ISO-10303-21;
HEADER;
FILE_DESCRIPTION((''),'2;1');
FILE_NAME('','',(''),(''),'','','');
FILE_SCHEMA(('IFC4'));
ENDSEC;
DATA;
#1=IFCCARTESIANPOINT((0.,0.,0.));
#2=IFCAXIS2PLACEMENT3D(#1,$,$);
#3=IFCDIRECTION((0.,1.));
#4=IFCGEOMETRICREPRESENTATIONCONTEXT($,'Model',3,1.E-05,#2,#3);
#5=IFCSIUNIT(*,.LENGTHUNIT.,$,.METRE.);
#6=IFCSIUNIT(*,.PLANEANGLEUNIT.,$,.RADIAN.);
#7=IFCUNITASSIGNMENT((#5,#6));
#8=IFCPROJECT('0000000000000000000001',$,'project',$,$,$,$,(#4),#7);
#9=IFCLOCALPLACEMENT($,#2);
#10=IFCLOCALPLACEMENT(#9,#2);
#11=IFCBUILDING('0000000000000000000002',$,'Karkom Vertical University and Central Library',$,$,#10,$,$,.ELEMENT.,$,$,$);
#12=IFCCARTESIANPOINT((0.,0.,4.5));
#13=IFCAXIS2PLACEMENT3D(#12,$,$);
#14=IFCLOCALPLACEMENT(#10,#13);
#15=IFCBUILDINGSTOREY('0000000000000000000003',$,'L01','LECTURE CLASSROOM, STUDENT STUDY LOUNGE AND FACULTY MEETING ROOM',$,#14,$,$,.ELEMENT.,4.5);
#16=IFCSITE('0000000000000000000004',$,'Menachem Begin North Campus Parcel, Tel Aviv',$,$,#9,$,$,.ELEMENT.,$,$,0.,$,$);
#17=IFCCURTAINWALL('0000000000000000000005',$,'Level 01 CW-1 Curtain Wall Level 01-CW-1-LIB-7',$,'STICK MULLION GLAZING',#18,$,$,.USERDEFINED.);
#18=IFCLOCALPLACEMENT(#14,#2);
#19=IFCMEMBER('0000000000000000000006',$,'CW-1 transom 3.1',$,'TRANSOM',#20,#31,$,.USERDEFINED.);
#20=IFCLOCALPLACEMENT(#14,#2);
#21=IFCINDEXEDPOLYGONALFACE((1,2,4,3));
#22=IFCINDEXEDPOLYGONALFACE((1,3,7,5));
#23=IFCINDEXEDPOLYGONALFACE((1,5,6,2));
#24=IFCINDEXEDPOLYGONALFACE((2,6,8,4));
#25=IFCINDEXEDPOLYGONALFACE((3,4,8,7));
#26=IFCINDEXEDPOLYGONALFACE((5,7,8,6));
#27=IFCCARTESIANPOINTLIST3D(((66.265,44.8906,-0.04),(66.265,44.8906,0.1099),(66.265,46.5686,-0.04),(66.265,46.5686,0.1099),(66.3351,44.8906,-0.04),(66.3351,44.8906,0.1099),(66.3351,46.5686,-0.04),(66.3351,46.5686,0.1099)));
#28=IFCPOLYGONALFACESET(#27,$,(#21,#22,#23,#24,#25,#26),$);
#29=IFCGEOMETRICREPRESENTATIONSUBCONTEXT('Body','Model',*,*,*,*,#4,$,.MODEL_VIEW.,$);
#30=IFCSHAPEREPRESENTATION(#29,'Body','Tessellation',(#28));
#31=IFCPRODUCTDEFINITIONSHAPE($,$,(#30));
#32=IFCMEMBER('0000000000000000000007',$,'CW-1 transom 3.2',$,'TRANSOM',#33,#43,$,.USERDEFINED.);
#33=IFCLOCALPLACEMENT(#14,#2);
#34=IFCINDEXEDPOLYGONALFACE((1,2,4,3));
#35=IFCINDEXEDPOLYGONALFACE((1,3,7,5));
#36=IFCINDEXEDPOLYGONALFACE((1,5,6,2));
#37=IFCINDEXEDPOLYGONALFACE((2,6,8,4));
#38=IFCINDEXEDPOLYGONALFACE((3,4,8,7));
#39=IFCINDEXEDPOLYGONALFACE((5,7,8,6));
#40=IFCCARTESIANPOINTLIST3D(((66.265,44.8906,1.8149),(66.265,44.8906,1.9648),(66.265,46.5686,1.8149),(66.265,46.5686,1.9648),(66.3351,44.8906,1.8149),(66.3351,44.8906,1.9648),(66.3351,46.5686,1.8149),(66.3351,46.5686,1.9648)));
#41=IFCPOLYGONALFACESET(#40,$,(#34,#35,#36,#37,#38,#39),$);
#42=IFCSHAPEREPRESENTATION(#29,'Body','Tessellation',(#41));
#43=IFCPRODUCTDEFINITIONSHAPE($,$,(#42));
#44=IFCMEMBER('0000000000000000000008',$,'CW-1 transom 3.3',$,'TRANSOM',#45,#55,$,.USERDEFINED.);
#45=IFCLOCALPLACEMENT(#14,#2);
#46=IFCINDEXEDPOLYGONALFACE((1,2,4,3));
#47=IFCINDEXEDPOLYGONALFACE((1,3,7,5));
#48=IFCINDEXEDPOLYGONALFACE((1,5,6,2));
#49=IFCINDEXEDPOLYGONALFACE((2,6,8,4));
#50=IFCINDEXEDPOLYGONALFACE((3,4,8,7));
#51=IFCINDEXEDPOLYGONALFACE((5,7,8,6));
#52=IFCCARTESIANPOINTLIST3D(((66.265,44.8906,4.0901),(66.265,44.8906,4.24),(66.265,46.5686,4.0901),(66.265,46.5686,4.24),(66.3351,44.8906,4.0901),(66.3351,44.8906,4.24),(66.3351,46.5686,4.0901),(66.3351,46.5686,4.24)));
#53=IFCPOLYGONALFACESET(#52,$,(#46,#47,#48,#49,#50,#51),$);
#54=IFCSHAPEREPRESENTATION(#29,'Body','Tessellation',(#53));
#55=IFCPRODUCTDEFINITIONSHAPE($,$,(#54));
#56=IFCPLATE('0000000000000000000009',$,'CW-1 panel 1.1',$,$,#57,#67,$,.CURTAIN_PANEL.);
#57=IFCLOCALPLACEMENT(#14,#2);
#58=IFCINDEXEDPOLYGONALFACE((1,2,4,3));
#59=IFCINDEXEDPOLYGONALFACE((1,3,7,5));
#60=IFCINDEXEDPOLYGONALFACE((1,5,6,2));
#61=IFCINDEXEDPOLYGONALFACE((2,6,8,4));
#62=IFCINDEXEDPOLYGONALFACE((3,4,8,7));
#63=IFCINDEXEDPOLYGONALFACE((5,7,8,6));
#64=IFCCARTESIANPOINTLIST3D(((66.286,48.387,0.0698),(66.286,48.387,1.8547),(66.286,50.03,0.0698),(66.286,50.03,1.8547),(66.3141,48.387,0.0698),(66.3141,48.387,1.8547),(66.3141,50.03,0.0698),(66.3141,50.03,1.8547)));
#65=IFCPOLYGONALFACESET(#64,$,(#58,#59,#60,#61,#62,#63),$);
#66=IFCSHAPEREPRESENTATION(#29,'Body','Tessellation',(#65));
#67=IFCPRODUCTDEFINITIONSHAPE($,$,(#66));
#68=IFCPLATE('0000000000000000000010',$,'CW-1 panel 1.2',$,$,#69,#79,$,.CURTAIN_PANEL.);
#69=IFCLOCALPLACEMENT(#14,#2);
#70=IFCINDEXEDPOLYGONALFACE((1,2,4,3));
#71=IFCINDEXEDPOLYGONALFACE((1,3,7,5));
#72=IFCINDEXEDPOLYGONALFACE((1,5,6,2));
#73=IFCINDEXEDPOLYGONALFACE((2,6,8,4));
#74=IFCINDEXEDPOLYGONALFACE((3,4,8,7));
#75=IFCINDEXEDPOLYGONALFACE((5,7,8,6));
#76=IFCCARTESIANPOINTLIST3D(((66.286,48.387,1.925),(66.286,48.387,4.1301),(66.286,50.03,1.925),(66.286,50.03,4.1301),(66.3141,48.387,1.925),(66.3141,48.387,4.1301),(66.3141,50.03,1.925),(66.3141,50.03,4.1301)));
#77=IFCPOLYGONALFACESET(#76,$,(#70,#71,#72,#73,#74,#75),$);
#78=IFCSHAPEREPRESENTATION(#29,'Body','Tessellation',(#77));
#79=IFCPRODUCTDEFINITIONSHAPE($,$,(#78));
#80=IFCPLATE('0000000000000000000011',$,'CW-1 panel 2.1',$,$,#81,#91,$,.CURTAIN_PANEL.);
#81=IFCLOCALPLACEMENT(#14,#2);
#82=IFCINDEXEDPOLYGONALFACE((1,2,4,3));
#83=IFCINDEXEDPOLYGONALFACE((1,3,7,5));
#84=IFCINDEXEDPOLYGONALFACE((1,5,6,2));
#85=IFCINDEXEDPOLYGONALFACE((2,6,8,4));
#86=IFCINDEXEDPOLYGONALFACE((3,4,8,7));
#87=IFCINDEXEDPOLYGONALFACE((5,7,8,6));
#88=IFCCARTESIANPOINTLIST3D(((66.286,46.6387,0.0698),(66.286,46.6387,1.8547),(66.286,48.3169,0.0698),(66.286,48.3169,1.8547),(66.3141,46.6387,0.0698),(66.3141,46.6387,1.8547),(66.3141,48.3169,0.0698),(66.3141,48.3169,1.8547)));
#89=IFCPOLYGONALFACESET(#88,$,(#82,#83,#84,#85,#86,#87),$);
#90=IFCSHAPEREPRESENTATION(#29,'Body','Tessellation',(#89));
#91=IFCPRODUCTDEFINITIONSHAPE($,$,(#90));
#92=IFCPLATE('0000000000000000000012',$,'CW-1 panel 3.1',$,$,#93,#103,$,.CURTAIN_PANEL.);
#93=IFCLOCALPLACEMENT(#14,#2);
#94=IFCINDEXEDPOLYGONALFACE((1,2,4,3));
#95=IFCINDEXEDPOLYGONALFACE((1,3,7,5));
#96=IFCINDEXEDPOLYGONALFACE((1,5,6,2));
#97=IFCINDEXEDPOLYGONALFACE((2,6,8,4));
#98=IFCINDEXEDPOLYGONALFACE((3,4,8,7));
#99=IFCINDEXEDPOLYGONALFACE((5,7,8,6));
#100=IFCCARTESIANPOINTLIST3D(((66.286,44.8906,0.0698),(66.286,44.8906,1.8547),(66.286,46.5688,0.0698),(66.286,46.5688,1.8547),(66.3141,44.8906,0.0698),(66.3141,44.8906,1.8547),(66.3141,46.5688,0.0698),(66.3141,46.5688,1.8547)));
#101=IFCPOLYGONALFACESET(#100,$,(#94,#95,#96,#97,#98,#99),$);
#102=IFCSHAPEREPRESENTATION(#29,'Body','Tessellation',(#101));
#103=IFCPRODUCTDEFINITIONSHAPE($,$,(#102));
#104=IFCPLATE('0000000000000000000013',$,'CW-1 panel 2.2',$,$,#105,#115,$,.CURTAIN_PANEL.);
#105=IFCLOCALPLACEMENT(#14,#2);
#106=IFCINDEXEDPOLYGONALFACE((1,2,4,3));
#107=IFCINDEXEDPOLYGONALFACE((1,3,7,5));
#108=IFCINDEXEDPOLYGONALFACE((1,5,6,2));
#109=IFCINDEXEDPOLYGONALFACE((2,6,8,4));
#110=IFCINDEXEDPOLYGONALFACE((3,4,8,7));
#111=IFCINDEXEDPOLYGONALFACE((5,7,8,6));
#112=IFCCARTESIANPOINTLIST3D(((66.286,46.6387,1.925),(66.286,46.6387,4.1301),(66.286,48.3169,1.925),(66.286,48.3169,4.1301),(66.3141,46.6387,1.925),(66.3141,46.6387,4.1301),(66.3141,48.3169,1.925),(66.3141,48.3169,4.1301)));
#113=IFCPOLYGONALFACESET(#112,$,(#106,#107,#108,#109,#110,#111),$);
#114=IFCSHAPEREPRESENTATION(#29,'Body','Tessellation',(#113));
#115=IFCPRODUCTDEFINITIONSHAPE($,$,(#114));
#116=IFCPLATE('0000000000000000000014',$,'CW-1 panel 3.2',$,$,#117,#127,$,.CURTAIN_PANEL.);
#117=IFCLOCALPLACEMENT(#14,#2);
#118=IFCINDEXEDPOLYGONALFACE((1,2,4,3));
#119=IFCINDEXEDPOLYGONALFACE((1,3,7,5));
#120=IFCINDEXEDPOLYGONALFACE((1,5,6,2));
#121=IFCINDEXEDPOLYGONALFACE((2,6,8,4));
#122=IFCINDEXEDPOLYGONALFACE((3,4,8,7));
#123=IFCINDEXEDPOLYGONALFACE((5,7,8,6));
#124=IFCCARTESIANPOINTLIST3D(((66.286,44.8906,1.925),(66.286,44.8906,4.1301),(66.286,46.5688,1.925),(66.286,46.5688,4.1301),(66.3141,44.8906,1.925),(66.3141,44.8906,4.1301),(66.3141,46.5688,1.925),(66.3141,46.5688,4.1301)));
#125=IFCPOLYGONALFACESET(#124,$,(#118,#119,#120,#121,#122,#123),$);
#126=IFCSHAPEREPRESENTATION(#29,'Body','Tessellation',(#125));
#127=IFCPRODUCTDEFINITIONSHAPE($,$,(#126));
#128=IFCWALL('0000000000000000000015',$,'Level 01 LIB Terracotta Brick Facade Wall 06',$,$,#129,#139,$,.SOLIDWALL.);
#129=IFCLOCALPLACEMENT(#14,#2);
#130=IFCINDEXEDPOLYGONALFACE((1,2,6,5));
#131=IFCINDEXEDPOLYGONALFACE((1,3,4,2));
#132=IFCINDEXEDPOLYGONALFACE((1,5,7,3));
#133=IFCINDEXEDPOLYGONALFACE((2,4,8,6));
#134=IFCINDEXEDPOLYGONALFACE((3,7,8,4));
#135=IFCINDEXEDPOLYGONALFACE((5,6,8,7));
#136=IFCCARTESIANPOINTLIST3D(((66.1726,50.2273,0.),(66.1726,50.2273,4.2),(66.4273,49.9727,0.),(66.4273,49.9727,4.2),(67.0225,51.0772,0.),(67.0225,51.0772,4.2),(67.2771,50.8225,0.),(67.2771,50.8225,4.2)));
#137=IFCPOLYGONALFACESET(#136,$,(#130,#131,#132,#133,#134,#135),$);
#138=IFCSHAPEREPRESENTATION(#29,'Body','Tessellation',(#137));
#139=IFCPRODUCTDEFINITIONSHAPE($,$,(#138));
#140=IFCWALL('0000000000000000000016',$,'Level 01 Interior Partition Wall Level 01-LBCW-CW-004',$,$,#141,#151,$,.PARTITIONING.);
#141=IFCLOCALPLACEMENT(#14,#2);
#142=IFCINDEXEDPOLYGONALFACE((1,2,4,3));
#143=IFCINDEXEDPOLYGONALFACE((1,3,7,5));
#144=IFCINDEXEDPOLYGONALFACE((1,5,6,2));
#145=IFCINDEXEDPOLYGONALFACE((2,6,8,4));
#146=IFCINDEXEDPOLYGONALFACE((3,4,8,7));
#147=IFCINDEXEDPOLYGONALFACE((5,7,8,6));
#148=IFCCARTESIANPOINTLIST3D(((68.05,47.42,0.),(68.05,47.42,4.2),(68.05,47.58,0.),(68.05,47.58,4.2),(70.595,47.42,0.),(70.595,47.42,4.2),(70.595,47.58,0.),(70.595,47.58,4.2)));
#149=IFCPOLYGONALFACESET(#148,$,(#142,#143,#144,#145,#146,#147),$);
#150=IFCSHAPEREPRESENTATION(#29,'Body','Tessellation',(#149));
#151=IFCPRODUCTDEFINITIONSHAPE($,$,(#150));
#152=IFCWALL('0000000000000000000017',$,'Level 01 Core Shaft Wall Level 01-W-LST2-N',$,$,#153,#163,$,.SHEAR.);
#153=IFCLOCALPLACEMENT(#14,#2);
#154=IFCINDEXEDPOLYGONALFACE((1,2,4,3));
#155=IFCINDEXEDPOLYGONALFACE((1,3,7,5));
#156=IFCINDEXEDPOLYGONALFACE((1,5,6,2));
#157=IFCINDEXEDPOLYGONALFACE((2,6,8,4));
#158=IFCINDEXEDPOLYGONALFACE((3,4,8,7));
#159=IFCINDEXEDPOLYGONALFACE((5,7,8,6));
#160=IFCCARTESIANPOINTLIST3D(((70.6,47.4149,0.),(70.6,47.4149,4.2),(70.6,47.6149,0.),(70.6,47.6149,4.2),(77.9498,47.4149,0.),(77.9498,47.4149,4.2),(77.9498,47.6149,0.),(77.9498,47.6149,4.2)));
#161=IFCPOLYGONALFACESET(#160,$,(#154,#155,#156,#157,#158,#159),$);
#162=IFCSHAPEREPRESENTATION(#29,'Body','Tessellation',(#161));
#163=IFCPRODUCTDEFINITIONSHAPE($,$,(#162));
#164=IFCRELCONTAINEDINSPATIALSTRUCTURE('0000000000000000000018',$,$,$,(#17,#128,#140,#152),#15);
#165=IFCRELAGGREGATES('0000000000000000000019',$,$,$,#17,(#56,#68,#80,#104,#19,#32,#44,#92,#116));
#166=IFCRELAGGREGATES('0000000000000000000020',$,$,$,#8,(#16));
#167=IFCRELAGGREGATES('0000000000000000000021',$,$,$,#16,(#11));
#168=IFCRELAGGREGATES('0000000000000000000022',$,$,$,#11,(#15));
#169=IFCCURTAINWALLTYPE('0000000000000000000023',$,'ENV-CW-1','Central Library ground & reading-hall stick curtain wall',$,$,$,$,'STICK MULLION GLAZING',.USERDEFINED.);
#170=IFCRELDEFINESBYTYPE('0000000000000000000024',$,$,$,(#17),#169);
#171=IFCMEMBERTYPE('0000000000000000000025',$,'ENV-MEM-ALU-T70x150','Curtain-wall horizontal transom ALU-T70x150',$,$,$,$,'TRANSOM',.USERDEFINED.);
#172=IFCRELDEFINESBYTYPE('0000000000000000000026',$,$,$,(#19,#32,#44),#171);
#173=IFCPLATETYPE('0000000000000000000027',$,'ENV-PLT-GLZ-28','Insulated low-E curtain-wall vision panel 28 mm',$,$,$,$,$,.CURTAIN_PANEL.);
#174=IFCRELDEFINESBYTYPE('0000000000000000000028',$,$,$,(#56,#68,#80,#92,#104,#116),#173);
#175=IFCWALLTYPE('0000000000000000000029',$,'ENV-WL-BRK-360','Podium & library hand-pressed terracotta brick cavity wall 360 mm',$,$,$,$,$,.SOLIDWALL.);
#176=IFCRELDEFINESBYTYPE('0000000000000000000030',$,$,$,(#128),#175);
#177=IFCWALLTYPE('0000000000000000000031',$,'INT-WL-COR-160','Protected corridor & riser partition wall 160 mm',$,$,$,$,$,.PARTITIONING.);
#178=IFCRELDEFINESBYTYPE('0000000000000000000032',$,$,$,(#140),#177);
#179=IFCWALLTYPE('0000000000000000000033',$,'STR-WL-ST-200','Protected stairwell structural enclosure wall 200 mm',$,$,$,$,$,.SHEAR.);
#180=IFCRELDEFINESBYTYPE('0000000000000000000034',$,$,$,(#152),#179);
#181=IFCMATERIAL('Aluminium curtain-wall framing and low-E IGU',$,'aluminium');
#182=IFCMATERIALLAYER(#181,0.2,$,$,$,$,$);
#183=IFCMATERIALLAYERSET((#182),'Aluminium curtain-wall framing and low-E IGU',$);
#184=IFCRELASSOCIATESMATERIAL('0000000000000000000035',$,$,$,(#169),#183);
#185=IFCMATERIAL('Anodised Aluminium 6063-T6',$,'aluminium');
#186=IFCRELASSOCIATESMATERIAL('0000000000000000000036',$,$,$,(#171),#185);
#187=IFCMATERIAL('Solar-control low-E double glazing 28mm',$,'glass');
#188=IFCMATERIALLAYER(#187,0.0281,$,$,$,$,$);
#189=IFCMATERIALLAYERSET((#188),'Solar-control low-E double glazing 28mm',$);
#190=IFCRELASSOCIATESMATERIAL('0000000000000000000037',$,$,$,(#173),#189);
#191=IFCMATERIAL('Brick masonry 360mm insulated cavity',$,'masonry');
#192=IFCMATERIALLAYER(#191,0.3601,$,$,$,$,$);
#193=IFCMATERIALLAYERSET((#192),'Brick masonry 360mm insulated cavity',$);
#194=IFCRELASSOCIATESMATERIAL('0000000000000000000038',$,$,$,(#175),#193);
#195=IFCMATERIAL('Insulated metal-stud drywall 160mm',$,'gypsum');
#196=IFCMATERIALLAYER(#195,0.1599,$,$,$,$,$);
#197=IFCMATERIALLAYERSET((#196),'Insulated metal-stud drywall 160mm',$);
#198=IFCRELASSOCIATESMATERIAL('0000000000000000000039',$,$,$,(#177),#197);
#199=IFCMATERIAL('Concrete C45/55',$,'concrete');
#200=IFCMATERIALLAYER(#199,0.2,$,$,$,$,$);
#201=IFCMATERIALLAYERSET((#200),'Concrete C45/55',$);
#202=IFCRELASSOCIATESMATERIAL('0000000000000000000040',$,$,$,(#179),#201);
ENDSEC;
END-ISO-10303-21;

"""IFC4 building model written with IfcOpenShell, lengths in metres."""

from ifc_helpers import new_model, si_unit, direction, frame, frame_2d, origin, origin_with_axes, origin_2d, place, context, subcontext, project, spatial, rectangle, extrude, source, transform, mapped, material, layer, layer_set, material_profile, profile_set, type_object, element, aggregate, save


model = new_model("IFC4")

# Units and contexts
model_context = context("Model", 3, precision=1e-05, world=origin(), true_north=direction((0.0, 1.0)))
body_context = subcontext(model_context, "Body", "Model", "MODEL_VIEW")
ifc_project = project(units=[si_unit("LENGTHUNIT", "METRE"), si_unit("PLANEANGLEUNIT", "RADIAN")], contexts=[model_context])

# Site, building, storey
site_placement = place(None, origin())
site = spatial("IfcSite", under=ifc_project, at=site_placement, Name="Menachem Begin North Campus Parcel, Tel Aviv", CompositionType="ELEMENT", RefElevation=0.0)
building_placement = place(site_placement, origin())
building = spatial("IfcBuilding", under=site, at=building_placement, Name="Karkom Vertical University and Central Library", CompositionType="ELEMENT")
storey_placement = place(building_placement, frame((0.0, 0.0, 4.5)))
storey = spatial("IfcBuildingStorey", under=building, at=storey_placement, Name="L01", Description="LECTURE CLASSROOM, STUDENT STUDY LOUNGE AND FACULTY MEETING ROOM", CompositionType="ELEMENT", Elevation=4.5)

# Curtain wall, members, plates
ifc_material_1 = material(Name="Aluminium curtain-wall framing and low-E IGU", Category="aluminium")
ifc_layer_1 = layer(ifc_material_1, 0.2)
ifc_layer_set_1 = layer_set([ifc_layer_1], Name="Aluminium curtain-wall framing and low-E IGU")
curtain_wall_type = type_object("IfcCurtainWallType", Name="ENV-CW-1", Description="Central Library ground & reading-hall stick curtain wall", ElementType="STICK MULLION GLAZING", PredefinedType="USERDEFINED", material=ifc_layer_set_1)
curtain_wall_placement = place(storey_placement, origin())
curtain_wall = element("IfcCurtainWall", 1, at=curtain_wall_placement, inside=storey, type_object=curtain_wall_type, Name="Level 01 CW-1 Curtain Wall Level 01-CW-1-LIB-7", ObjectType="STICK MULLION GLAZING", PredefinedType="USERDEFINED")
ifc_material_2 = material(Name="Anodised Aluminium 6063-T6", Category="aluminium")
ifc_material_profile_1 = material_profile(ifc_material_2, rectangle(XDim=0.0701, YDim=0.1499, at=origin_2d()), Name="ALU-T70x150")
ifc_profile_set_1 = profile_set([ifc_material_profile_1], Name="Anodised Aluminium 6063-T6")
member_type = type_object("IfcMemberType", Name="ENV-MEM-ALU-T70x150", Description="Curtain-wall horizontal transom ALU-T70x150", ElementType="TRANSOM", PredefinedType="USERDEFINED", material=ifc_profile_set_1)
shared_shape_1 = source(origin_with_axes(), body_context, "Body", "SweptSolid", [
    extrude(rectangle(XDim=0.0701, YDim=0.1499, at=origin_2d()), origin(), (0.0, 0.0, 1.0), 1.678),
])
member_1_placement = place(storey_placement, frame((66.3, 46.5686, 0.0349), z_axis=(0.0, -1.0, 0.0), x_axis=(1.0, 0.0, 0.0)))
member_1 = element("IfcMember", 2, at=member_1_placement, type_object=member_type, Name="CW-1 transom 3.1", ObjectType="TRANSOM", PredefinedType="USERDEFINED", context=body_context, shape_type="MappedRepresentation", body=[
    mapped(shared_shape_1, transform((0.0, 0.0, 0.0), scale=1.0)),
])
member_2_placement = place(storey_placement, frame((66.3, 46.5686, 1.8899), z_axis=(0.0, -1.0, 0.0), x_axis=(1.0, 0.0, 0.0)))
member_2 = element("IfcMember", 3, at=member_2_placement, type_object=member_type, Name="CW-1 transom 3.2", ObjectType="TRANSOM", PredefinedType="USERDEFINED", context=body_context, shape_type="MappedRepresentation", body=[
    mapped(shared_shape_1, transform((0.0, 0.0, 0.0), scale=1.0)),
])
member_3_placement = place(storey_placement, frame((66.3, 46.5686, 4.165), z_axis=(0.0, -1.0, 0.0), x_axis=(1.0, 0.0, 0.0)))
member_3 = element("IfcMember", 4, at=member_3_placement, type_object=member_type, Name="CW-1 transom 3.3", ObjectType="TRANSOM", PredefinedType="USERDEFINED", context=body_context, shape_type="MappedRepresentation", body=[
    mapped(shared_shape_1, transform((0.0, 0.0, 0.0), scale=1.0)),
])
ifc_material_3 = material(Name="Solar-control low-E double glazing 28mm", Category="glass")
ifc_layer_2 = layer(ifc_material_3, 0.0281)
ifc_layer_set_2 = layer_set([ifc_layer_2], Name="Solar-control low-E double glazing 28mm")
plate_type = type_object("IfcPlateType", Name="ENV-PLT-GLZ-28", Description="Insulated low-E curtain-wall vision panel 28 mm", PredefinedType="CURTAIN_PANEL", material=ifc_layer_set_2)
shared_shape_2 = source(origin_with_axes(), body_context, "Body", "SweptSolid", [
    extrude(rectangle(XDim=1.6431, YDim=0.0281, at=origin_2d()), origin(), (0.0, 0.0, 1.0), 1.7849),
])
plate_1_placement = place(storey_placement, frame((66.3, 49.2085, 0.0698), z_axis=(0.0, 0.0, 1.0), x_axis=(0.0, -1.0, 0.0)))
plate_1 = element("IfcPlate", 5, at=plate_1_placement, type_object=plate_type, Name="CW-1 panel 1.1", PredefinedType="CURTAIN_PANEL", context=body_context, shape_type="MappedRepresentation", body=[
    mapped(shared_shape_2, transform((0.0, 0.0, 0.0), scale=1.0)),
])
shared_shape_3 = source(origin_with_axes(), body_context, "Body", "SweptSolid", [
    extrude(rectangle(XDim=1.6431, YDim=0.0281, at=origin_2d()), origin(), (0.0, 0.0, 1.0), 2.2051),
])
plate_2_placement = place(storey_placement, frame((66.3, 49.2085, 1.925), z_axis=(0.0, 0.0, 1.0), x_axis=(0.0, -1.0, 0.0)))
plate_2 = element("IfcPlate", 6, at=plate_2_placement, type_object=plate_type, Name="CW-1 panel 1.2", PredefinedType="CURTAIN_PANEL", context=body_context, shape_type="MappedRepresentation", body=[
    mapped(shared_shape_3, transform((0.0, 0.0, 0.0), scale=1.0)),
])
shared_shape_4 = source(origin_with_axes(), body_context, "Body", "SweptSolid", [
    extrude(rectangle(XDim=1.6782, YDim=0.0281, at=origin_2d()), origin(), (0.0, 0.0, 1.0), 1.7849),
])
plate_3_placement = place(storey_placement, frame((66.3, 47.4778, 0.0698), z_axis=(0.0, 0.0, 1.0), x_axis=(0.0, -1.0, 0.0)))
plate_3 = element("IfcPlate", 7, at=plate_3_placement, type_object=plate_type, Name="CW-1 panel 2.1", PredefinedType="CURTAIN_PANEL", context=body_context, shape_type="MappedRepresentation", body=[
    mapped(shared_shape_4, transform((0.0, 0.0, 0.0), scale=1.0)),
])
plate_4_placement = place(storey_placement, frame((66.3, 45.7297, 0.0698), z_axis=(0.0, 0.0, 1.0), x_axis=(0.0, -1.0, 0.0)))
plate_4 = element("IfcPlate", 8, at=plate_4_placement, type_object=plate_type, Name="CW-1 panel 3.1", PredefinedType="CURTAIN_PANEL", context=body_context, shape_type="MappedRepresentation", body=[
    mapped(shared_shape_4, transform((0.0, 0.0, 0.0), scale=1.0)),
])
shared_shape_5 = source(origin_with_axes(), body_context, "Body", "SweptSolid", [
    extrude(rectangle(XDim=1.6782, YDim=0.0281, at=origin_2d()), origin(), (0.0, 0.0, 1.0), 2.2051),
])
plate_5_placement = place(storey_placement, frame((66.3, 47.4778, 1.925), z_axis=(0.0, 0.0, 1.0), x_axis=(0.0, -1.0, 0.0)))
plate_5 = element("IfcPlate", 9, at=plate_5_placement, type_object=plate_type, Name="CW-1 panel 2.2", PredefinedType="CURTAIN_PANEL", context=body_context, shape_type="MappedRepresentation", body=[
    mapped(shared_shape_5, transform((0.0, 0.0, 0.0), scale=1.0)),
])
plate_6_placement = place(storey_placement, frame((66.3, 45.7297, 1.925), z_axis=(0.0, 0.0, 1.0), x_axis=(0.0, -1.0, 0.0)))
plate_6 = element("IfcPlate", 10, at=plate_6_placement, type_object=plate_type, Name="CW-1 panel 3.2", PredefinedType="CURTAIN_PANEL", context=body_context, shape_type="MappedRepresentation", body=[
    mapped(shared_shape_5, transform((0.0, 0.0, 0.0), scale=1.0)),
])
aggregate(curtain_wall, [plate_1, plate_2, plate_3, plate_5, member_1, member_2, member_3, plate_4, plate_6])

# Walls
ifc_material_4 = material(Name="Brick masonry 360mm insulated cavity", Category="masonry")
ifc_layer_3 = layer(ifc_material_4, 0.3601)
ifc_layer_set_3 = layer_set([ifc_layer_3], Name="Brick masonry 360mm insulated cavity")
wall_type_1 = type_object("IfcWallType", Name="ENV-WL-BRK-360", Description="Podium & library hand-pressed terracotta brick cavity wall 360 mm", PredefinedType="SOLIDWALL", material=ifc_layer_set_3)
wall_1_placement = place(storey_placement, frame((67.1499, 50.95, 0.0), z_axis=(0.0, 0.0, 1.0), x_axis=(-0.707107, -0.707107, 0.0)))
element("IfcWall", 11, at=wall_1_placement, inside=storey, type_object=wall_type_1, Name="Level 01 LIB Terracotta Brick Facade Wall 06", PredefinedType="SOLIDWALL", context=body_context, shape_type="SweptSolid", body=[
    extrude(rectangle(XDim=1.2019, YDim=0.3601, at=frame_2d((0.6011, 0.0))), origin(), (0.0, 0.0, 1.0), 4.2),
])
ifc_material_5 = material(Name="Insulated metal-stud drywall 160mm", Category="gypsum")
ifc_layer_4 = layer(ifc_material_5, 0.1599)
ifc_layer_set_4 = layer_set([ifc_layer_4], Name="Insulated metal-stud drywall 160mm")
wall_type_2 = type_object("IfcWallType", Name="INT-WL-COR-160", Description="Protected corridor & riser partition wall 160 mm", PredefinedType="PARTITIONING", material=ifc_layer_set_4)
wall_2_placement = place(storey_placement, frame((68.05, 47.5, 0.0), z_axis=(0.0, 0.0, 1.0), x_axis=(1.0, 0.0, 0.0)))
element("IfcWall", 12, at=wall_2_placement, inside=storey, type_object=wall_type_2, Name="Level 01 Interior Partition Wall Level 01-LBCW-CW-004", PredefinedType="PARTITIONING", context=body_context, shape_type="SweptSolid", body=[
    extrude(rectangle(XDim=2.5449, YDim=0.1599, at=frame_2d((1.2725, 0.0))), origin(), (0.0, 0.0, 1.0), 4.2),
])
ifc_material_6 = material(Name="Concrete C45/55", Category="concrete")
ifc_layer_5 = layer(ifc_material_6, 0.2)
ifc_layer_set_5 = layer_set([ifc_layer_5], Name="Concrete C45/55")
wall_type_3 = type_object("IfcWallType", Name="STR-WL-ST-200", Description="Protected stairwell structural enclosure wall 200 mm", PredefinedType="SHEAR", material=ifc_layer_set_5)
wall_3_placement = place(storey_placement, frame((70.6001, 47.5149, 0.0), z_axis=(0.0, 0.0, 1.0), x_axis=(1.0, 0.0, 0.0)))
element("IfcWall", 13, at=wall_3_placement, inside=storey, type_object=wall_type_3, Name="Level 01 Core Shaft Wall Level 01-W-LST2-N", PredefinedType="SHEAR", context=body_context, shape_type="SweptSolid", body=[
    extrude(rectangle(XDim=7.3499, YDim=0.2, at=frame_2d((3.6748, 0.0))), origin(), (0.0, 0.0, 1.0), 4.2),
])

save(model, "model.ifc")
